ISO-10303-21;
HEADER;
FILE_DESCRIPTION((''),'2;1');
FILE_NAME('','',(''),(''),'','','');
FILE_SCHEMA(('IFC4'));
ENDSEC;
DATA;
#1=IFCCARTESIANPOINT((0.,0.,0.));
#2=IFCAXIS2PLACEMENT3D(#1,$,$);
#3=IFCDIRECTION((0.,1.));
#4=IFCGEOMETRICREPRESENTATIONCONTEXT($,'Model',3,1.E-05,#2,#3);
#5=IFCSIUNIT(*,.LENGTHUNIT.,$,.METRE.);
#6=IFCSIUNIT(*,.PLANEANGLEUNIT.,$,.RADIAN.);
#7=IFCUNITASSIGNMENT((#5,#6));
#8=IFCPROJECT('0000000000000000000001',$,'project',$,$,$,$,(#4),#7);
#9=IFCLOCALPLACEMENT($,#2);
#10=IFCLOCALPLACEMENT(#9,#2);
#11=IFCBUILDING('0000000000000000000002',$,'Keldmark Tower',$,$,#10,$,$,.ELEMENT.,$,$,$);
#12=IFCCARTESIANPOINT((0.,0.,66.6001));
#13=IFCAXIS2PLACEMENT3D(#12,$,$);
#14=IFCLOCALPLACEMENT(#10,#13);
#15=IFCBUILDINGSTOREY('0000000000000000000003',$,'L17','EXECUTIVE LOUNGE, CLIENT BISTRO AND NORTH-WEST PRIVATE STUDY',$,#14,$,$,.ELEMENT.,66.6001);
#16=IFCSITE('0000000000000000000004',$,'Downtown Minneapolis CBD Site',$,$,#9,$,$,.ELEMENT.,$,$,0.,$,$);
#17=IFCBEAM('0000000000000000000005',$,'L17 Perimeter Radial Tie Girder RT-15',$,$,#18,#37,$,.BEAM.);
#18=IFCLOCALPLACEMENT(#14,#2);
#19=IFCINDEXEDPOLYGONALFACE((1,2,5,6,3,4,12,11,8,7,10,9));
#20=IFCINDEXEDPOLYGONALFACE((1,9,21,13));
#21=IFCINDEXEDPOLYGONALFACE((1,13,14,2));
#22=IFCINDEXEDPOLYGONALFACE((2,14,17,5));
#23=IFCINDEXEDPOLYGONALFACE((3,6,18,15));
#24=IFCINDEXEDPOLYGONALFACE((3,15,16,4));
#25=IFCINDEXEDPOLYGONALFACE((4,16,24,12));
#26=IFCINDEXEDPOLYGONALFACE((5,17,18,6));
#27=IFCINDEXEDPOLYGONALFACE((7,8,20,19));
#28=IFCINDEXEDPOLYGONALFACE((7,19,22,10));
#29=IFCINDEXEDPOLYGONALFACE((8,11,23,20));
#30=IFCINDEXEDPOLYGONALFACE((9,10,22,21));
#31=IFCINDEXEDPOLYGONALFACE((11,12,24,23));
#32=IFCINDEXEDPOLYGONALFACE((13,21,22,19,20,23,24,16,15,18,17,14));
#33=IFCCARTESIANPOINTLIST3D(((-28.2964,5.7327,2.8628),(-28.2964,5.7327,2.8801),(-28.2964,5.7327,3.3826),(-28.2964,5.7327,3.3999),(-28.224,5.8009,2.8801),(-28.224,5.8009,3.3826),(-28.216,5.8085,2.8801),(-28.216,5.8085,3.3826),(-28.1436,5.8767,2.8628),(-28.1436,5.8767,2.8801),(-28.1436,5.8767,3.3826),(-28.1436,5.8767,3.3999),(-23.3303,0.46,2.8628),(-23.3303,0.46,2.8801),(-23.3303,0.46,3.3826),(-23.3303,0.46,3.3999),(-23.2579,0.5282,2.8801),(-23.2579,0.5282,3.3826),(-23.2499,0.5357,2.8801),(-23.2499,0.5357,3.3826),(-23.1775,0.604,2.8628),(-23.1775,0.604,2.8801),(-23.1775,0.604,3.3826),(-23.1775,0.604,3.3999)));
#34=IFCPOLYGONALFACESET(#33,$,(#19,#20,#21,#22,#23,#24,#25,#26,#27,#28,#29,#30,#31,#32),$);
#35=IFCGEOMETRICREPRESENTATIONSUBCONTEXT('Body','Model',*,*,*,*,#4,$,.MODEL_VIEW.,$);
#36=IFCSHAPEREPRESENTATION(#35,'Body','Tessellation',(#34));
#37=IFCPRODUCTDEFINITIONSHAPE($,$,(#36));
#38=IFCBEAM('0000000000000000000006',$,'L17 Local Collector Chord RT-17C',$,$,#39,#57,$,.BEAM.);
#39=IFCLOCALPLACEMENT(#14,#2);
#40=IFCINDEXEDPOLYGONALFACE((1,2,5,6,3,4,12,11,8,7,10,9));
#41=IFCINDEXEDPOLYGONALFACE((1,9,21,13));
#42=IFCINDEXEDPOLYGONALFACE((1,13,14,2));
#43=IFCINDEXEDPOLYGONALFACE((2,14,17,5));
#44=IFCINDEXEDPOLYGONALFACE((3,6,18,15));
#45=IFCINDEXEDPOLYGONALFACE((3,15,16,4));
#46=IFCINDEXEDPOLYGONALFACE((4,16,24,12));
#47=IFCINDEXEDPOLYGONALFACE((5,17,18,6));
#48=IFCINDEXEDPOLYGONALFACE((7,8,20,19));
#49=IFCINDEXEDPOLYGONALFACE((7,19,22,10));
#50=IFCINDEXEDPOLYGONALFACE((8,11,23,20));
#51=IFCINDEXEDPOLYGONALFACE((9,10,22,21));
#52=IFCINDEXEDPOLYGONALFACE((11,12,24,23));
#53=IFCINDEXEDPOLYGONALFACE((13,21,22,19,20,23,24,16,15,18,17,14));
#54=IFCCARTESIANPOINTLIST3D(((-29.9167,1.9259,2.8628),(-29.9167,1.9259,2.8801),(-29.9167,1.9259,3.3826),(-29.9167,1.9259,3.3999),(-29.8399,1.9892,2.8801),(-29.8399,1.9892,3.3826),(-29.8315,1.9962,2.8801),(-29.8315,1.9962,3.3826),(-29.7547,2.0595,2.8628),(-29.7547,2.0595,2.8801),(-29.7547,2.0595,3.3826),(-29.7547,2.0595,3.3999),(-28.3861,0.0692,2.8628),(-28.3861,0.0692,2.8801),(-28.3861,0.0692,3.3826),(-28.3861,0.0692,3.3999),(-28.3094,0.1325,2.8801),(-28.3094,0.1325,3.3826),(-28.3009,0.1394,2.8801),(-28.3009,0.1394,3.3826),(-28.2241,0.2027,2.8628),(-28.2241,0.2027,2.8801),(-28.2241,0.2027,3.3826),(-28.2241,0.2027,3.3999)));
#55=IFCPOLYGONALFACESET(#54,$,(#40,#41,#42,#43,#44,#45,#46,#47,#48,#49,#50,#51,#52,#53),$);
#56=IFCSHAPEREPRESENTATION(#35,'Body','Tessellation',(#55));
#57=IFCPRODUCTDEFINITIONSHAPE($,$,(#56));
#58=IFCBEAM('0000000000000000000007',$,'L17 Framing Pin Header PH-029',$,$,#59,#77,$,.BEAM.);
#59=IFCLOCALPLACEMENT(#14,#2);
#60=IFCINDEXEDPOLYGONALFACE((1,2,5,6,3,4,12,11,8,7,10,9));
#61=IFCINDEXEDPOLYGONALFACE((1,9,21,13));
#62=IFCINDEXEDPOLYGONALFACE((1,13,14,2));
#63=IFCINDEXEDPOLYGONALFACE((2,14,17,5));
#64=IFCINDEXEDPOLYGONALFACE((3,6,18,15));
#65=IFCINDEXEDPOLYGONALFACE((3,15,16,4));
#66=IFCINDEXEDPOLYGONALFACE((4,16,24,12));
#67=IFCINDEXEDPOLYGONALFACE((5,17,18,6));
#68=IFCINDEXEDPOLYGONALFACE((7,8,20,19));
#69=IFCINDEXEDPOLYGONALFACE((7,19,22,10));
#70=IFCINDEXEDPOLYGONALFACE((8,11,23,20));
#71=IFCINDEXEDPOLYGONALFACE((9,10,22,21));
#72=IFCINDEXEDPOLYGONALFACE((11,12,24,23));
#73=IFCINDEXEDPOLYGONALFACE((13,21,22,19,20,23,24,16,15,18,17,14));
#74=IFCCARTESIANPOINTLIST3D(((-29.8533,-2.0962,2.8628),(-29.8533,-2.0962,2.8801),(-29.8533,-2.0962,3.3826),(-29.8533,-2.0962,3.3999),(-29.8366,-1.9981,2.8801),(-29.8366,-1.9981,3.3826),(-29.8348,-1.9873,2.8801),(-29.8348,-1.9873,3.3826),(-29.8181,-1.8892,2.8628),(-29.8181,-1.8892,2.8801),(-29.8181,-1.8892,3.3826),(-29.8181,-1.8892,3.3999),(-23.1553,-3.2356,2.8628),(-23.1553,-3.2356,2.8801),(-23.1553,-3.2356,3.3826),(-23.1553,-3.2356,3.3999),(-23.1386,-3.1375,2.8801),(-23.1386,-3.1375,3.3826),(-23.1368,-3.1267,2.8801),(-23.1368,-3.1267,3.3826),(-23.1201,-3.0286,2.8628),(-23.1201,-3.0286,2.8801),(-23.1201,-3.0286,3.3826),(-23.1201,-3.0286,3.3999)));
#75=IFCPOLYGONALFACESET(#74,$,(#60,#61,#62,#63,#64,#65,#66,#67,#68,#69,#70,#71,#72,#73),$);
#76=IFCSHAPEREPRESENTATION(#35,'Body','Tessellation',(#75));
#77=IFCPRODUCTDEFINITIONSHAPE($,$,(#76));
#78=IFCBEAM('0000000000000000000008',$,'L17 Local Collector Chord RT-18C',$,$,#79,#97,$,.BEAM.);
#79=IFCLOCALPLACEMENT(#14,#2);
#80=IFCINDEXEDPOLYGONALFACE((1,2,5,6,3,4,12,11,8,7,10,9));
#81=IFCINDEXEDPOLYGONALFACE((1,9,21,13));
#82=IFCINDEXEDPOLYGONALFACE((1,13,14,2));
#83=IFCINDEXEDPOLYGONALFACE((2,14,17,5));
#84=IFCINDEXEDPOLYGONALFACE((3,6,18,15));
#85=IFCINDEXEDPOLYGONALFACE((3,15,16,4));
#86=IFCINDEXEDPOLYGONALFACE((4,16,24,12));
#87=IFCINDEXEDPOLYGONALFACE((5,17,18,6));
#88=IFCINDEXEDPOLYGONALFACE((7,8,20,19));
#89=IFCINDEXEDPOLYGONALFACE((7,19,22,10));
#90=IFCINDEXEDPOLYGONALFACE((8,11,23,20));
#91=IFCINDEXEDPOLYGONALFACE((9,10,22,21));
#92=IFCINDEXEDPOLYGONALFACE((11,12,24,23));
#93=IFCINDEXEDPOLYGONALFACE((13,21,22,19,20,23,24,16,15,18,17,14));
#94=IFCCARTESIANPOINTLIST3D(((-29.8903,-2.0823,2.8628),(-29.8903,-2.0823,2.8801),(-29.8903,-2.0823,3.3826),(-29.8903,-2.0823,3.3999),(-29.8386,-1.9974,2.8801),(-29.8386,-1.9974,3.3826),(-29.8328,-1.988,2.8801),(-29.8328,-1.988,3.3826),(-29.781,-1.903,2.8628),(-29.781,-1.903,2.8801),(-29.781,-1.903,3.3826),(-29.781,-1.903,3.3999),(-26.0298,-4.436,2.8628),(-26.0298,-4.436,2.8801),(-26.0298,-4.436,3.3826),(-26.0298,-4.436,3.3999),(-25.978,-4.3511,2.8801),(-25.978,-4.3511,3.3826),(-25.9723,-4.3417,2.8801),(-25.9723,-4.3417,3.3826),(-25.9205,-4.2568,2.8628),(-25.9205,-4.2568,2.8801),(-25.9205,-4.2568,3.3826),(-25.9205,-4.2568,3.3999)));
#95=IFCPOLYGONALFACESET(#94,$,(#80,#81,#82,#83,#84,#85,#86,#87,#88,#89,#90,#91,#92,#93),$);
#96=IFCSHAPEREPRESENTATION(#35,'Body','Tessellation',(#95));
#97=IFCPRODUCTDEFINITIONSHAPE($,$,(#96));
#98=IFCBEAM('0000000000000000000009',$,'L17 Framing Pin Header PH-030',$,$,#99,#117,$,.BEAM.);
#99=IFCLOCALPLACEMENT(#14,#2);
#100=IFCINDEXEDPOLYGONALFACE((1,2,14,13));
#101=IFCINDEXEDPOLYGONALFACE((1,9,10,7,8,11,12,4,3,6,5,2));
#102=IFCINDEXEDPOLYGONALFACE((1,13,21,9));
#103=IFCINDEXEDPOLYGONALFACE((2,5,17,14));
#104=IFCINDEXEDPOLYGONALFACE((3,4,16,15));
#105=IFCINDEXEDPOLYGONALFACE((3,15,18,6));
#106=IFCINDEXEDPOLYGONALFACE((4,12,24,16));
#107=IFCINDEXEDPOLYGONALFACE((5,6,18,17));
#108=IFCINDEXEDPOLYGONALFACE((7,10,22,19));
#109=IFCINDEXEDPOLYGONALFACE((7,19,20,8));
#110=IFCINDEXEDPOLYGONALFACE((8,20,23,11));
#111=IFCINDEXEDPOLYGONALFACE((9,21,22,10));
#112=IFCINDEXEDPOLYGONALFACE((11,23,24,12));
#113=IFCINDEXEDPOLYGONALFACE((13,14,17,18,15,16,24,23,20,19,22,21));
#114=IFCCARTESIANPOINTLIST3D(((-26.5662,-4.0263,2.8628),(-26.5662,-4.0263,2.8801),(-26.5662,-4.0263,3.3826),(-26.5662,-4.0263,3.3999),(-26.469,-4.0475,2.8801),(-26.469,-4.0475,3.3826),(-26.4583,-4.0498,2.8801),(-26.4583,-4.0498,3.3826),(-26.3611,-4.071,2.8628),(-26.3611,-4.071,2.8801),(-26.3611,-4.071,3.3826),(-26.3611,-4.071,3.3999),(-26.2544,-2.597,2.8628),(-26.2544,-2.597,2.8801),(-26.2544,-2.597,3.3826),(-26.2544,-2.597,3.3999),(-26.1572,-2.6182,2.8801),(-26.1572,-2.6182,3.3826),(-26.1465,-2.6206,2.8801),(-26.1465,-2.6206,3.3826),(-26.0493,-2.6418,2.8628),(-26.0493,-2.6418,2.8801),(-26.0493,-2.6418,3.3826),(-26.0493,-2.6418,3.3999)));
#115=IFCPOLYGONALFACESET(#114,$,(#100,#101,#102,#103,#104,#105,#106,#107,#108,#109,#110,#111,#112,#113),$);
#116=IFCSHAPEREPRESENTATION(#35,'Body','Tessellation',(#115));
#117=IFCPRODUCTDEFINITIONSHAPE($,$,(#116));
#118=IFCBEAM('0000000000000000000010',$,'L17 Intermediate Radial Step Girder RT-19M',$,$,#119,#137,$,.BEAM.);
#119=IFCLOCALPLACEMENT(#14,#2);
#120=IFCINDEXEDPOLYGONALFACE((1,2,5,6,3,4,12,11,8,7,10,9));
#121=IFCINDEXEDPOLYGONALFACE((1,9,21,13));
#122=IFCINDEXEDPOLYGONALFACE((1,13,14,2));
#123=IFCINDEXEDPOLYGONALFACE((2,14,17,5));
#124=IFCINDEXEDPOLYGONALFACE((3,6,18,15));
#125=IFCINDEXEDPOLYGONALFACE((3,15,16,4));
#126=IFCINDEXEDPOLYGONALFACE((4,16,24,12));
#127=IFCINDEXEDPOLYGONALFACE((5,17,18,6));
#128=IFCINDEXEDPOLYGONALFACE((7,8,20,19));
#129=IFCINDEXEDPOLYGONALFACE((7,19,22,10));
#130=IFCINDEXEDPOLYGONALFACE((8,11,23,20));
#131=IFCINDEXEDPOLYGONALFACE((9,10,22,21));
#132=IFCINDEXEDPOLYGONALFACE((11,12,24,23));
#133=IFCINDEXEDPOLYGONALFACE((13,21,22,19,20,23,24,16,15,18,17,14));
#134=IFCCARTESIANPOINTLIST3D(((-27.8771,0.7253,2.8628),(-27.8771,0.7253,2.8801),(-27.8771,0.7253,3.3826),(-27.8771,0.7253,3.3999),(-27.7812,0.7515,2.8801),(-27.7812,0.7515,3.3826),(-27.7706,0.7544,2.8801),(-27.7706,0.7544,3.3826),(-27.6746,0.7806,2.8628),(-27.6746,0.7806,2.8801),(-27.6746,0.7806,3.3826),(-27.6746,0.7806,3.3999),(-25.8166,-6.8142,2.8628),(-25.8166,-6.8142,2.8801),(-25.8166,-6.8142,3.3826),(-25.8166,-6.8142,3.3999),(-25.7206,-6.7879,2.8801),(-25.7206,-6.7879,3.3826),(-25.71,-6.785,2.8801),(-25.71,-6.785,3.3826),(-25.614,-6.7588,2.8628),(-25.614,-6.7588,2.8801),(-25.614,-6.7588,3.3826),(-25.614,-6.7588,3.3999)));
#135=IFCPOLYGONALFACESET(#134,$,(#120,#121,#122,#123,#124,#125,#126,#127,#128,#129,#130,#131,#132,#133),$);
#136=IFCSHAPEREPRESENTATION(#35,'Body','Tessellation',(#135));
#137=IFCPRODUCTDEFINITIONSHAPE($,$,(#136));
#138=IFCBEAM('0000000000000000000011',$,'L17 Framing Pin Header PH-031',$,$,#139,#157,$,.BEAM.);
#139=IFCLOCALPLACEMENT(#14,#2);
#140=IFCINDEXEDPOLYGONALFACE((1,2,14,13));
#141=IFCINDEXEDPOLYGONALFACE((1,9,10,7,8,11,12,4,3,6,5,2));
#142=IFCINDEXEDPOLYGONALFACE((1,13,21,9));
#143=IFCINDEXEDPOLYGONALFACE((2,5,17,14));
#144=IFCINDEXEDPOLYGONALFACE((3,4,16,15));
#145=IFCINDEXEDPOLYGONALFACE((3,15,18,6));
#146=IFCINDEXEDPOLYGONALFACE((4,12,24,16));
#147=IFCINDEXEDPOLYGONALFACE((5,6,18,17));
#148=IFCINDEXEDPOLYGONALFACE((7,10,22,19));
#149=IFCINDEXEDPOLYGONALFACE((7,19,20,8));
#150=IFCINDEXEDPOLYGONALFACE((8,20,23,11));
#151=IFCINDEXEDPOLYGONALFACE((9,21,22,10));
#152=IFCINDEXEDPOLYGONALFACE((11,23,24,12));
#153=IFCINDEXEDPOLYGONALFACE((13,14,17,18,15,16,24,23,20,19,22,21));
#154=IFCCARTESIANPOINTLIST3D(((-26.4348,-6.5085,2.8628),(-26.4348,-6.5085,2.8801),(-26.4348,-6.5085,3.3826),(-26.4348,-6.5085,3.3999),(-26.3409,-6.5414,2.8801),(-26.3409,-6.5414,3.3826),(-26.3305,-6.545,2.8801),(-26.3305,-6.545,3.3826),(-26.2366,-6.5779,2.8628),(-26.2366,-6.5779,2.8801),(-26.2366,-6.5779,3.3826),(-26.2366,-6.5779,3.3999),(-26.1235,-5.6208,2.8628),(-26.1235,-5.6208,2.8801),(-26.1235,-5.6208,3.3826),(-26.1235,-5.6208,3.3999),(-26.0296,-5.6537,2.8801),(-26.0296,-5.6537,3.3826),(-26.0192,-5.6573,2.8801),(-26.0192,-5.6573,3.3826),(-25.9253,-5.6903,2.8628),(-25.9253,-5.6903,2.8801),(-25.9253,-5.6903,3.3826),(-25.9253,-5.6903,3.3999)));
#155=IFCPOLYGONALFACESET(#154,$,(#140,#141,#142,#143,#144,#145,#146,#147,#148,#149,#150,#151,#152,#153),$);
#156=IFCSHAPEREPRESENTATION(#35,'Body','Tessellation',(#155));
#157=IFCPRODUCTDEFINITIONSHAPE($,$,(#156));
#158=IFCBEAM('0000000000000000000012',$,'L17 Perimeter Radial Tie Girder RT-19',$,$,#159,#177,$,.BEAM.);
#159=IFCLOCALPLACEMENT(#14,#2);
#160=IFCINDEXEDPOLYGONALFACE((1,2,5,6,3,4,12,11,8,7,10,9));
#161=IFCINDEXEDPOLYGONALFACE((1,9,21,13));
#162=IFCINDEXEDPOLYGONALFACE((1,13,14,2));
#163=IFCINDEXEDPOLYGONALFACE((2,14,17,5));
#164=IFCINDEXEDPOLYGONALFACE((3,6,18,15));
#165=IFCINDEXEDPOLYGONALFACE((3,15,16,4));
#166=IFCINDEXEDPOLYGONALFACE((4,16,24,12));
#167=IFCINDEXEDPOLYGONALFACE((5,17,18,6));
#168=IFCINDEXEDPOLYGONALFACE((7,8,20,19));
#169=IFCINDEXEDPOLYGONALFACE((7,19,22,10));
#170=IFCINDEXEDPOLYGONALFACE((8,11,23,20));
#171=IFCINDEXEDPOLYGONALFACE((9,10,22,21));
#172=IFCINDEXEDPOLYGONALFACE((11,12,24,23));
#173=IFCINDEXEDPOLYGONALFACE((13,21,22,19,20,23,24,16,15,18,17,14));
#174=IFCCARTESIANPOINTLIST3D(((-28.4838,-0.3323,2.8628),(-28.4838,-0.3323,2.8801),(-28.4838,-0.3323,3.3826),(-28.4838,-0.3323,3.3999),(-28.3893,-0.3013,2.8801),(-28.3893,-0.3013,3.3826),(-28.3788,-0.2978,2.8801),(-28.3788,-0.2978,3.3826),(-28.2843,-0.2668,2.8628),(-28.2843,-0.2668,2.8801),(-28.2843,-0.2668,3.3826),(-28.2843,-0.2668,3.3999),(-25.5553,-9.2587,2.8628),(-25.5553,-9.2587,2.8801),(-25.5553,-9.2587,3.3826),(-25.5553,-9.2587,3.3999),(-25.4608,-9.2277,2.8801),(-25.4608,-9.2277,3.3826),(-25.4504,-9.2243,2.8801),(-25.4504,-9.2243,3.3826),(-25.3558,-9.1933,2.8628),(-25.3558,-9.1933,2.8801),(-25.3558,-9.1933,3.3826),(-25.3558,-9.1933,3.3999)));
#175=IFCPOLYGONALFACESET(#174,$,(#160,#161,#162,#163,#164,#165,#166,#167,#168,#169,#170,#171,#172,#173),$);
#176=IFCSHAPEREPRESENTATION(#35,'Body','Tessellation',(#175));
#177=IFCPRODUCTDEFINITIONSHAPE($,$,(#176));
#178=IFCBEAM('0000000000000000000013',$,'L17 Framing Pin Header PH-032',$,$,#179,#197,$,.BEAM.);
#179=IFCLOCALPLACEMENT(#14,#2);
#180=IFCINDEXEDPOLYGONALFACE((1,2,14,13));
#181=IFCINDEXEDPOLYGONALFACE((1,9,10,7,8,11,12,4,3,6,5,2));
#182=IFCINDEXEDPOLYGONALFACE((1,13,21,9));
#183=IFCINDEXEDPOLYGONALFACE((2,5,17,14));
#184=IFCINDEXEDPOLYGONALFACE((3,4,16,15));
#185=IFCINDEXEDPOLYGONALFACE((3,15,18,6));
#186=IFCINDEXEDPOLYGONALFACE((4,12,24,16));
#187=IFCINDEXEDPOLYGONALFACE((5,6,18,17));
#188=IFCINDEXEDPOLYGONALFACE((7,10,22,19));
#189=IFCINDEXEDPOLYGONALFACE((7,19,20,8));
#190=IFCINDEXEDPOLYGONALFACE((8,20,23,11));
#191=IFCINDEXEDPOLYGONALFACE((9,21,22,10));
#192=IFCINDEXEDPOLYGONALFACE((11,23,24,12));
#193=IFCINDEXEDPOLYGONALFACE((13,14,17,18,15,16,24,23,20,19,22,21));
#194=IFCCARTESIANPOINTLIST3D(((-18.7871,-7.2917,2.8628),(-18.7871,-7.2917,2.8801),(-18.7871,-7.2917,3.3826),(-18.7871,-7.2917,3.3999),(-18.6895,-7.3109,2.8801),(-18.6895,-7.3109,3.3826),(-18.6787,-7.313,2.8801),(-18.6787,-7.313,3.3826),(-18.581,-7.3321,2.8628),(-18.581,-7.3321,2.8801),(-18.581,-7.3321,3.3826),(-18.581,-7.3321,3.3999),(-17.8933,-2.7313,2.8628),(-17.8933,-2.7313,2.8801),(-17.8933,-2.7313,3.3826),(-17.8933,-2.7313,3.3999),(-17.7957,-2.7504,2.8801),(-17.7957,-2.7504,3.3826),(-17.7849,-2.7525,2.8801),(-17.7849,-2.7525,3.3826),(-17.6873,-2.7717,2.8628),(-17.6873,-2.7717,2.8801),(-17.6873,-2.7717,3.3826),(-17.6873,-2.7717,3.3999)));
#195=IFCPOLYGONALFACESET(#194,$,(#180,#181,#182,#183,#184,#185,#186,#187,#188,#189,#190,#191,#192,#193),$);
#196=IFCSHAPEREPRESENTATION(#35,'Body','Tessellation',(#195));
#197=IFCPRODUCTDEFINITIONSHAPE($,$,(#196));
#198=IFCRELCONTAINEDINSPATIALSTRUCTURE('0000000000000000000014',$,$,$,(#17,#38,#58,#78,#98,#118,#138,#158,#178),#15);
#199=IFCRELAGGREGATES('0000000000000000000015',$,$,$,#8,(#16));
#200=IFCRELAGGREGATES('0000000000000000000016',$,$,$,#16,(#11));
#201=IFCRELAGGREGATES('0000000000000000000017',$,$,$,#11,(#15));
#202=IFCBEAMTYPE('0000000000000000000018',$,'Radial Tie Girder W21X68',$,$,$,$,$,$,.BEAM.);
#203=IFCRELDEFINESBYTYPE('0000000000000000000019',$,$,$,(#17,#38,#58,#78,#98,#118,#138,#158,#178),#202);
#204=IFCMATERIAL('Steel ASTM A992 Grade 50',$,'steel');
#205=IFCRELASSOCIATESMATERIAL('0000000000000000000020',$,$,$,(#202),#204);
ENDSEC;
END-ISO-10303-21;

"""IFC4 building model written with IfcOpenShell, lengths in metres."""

from ifc_helpers import new_model, si_unit, direction, frame, origin, origin_2d, place, context, subcontext, project, spatial, i_section, extrude, material, material_profile, profile_set, type_object, element, save


model = new_model("IFC4")

# Units and contexts
model_context = context("Model", 3, precision=1e-05, world=origin(), true_north=direction((0.0, 1.0)))
body_context = subcontext(model_context, "Body", "Model", "MODEL_VIEW")
ifc_project = project(units=[si_unit("LENGTHUNIT", "METRE"), si_unit("PLANEANGLEUNIT", "RADIAN")], contexts=[model_context])

# Site, building, storey
site_placement = place(None, origin())
site = spatial("IfcSite", under=ifc_project, at=site_placement, Name="Downtown Minneapolis CBD Site", CompositionType="ELEMENT", RefElevation=0.0)
building_placement = place(site_placement, origin())
building = spatial("IfcBuilding", under=site, at=building_placement, Name="Keldmark Tower", CompositionType="ELEMENT")
storey_placement = place(building_placement, frame((0.0, 0.0, 66.6001)))
storey = spatial("IfcBuildingStorey", under=building, at=storey_placement, Name="L17", Description="EXECUTIVE LOUNGE, CLIENT BISTRO AND NORTH-WEST PRIVATE STUDY", CompositionType="ELEMENT", Elevation=66.6001)

# Beams
ifc_material_1 = material(Name="Steel ASTM A992 Grade 50", Category="steel")
ifc_material_profile_1 = material_profile(ifc_material_1, i_section(OverallWidth=0.21, OverallDepth=0.5371, WebThickness=0.011, FlangeThickness=0.0173, at=origin_2d()), Name="W21X68")
ifc_profile_set_1 = profile_set([ifc_material_profile_1], Name="Steel ASTM A992 Grade 50")
beam_type_1 = type_object("IfcBeamType", Name="Radial Tie Girder W21X68", PredefinedType="BEAM", material=ifc_profile_set_1)
beam_1_placement = place(storey_placement, frame((-23.2539, 0.532, 3.1313), z_axis=(-0.685622, 0.727958, 0.0), x_axis=(-0.727958, -0.685622, 0.0)))
element("IfcBeam", 1, at=beam_1_placement, inside=storey, type_object=beam_type_1, Name="L17 Perimeter Radial Tie Girder RT-15", PredefinedType="BEAM", context=body_context, shape_type="SweptSolid", body=[
    extrude(i_section(OverallWidth=0.21, OverallDepth=0.5371, WebThickness=0.011, FlangeThickness=0.0173, at=origin_2d()), origin(), (0.0, 0.0, 1.0), 7.2432),
])
beam_2_placement = place(storey_placement, frame((-29.8357, 1.9927, 3.1313), z_axis=(0.636073, -0.771628, 0.0), x_axis=(0.771628, 0.636073, 0.0)))
element("IfcBeam", 2, at=beam_2_placement, inside=storey, type_object=beam_type_1, Name="L17 Local Collector Chord RT-17C", PredefinedType="BEAM", context=body_context, shape_type="SweptSolid", body=[
    extrude(i_section(OverallWidth=0.21, OverallDepth=0.5371, WebThickness=0.011, FlangeThickness=0.0173, at=origin_2d()), origin(), (0.0, 0.0, 1.0), 2.4062),
])
beam_3_placement = place(storey_placement, frame((-29.8357, -1.9927, 3.1313), z_axis=(0.985838, -0.167702, 0.0), x_axis=(0.167702, 0.985838, 0.0)))
element("IfcBeam", 3, at=beam_3_placement, inside=storey, type_object=beam_type_1, Name="L17 Framing Pin Header PH-029", PredefinedType="BEAM", context=body_context, shape_type="SweptSolid", body=[
    extrude(i_section(OverallWidth=0.21, OverallDepth=0.5371, WebThickness=0.011, FlangeThickness=0.0173, at=origin_2d()), origin(), (0.0, 0.0, 1.0), 6.7942),
])
beam_4_placement = place(storey_placement, frame((-29.8357, -1.9927, 3.1313), z_axis=(0.853822, -0.520565, 0.0), x_axis=(0.520565, 0.853822, 0.0)))
element("IfcBeam", 4, at=beam_4_placement, inside=storey, type_object=beam_type_1, Name="L17 Local Collector Chord RT-18C", PredefinedType="BEAM", context=body_context, shape_type="SweptSolid", body=[
    extrude(i_section(OverallWidth=0.21, OverallDepth=0.5371, WebThickness=0.011, FlangeThickness=0.0173, at=origin_2d()), origin(), (0.0, 0.0, 1.0), 4.5215),
])
beam_5_placement = place(storey_placement, frame((-26.1519, -2.6194, 3.1313), z_axis=(-0.213129, -0.977024, 0.0), x_axis=(0.977024, -0.213129, 0.0)))
element("IfcBeam", 5, at=beam_5_placement, inside=storey, type_object=beam_type_1, Name="L17 Framing Pin Header PH-030", PredefinedType="BEAM", context=body_context, shape_type="SweptSolid", body=[
    extrude(i_section(OverallWidth=0.21, OverallDepth=0.5371, WebThickness=0.011, FlangeThickness=0.0173, at=origin_2d()), origin(), (0.0, 0.0, 1.0), 1.4629),
])
beam_6_placement = place(storey_placement, frame((-27.7759, 0.7529, 3.1313), z_axis=(0.263638, -0.964622, 0.0), x_axis=(0.964622, 0.263638, 0.0)))
element("IfcBeam", 6, at=beam_6_placement, inside=storey, type_object=beam_type_1, Name="L17 Intermediate Radial Step Girder RT-19M", PredefinedType="BEAM", context=body_context, shape_type="SweptSolid", body=[
    extrude(i_section(OverallWidth=0.21, OverallDepth=0.5371, WebThickness=0.011, FlangeThickness=0.0173, at=origin_2d()), origin(), (0.0, 0.0, 1.0), 7.8159),
])
beam_7_placement = place(storey_placement, frame((-26.0244, -5.6555, 3.1313), z_axis=(-0.330905, -0.943664, 0.0), x_axis=(0.943664, -0.330905, 0.0)))
element("IfcBeam", 7, at=beam_7_placement, inside=storey, type_object=beam_type_1, Name="L17 Framing Pin Header PH-031", PredefinedType="BEAM", context=body_context, shape_type="SweptSolid", body=[
    extrude(i_section(OverallWidth=0.21, OverallDepth=0.5371, WebThickness=0.011, FlangeThickness=0.0173, at=origin_2d()), origin(), (0.0, 0.0, 1.0), 0.9407),
])
beam_8_placement = place(storey_placement, frame((-28.384, -0.2996, 3.1313), z_axis=(0.311718, -0.950175, 0.0), x_axis=(0.950175, 0.311718, 0.0)))
element("IfcBeam", 8, at=beam_8_placement, inside=storey, type_object=beam_type_1, Name="L17 Perimeter Radial Tie Girder RT-19", PredefinedType="BEAM", context=body_context, shape_type="SweptSolid", body=[
    extrude(i_section(OverallWidth=0.21, OverallDepth=0.5371, WebThickness=0.011, FlangeThickness=0.0173, at=origin_2d()), origin(), (0.0, 0.0, 1.0), 9.3945),
])
beam_9_placement = place(storey_placement, frame((-17.7903, -2.7515, 3.1313), z_axis=(-0.192326, -0.981331, 0.0), x_axis=(0.981331, -0.192326, 0.0)))
element("IfcBeam", 9, at=beam_9_placement, inside=storey, type_object=beam_type_1, Name="L17 Framing Pin Header PH-032", PredefinedType="BEAM", context=body_context, shape_type="SweptSolid", body=[
    extrude(i_section(OverallWidth=0.21, OverallDepth=0.5371, WebThickness=0.011, FlangeThickness=0.0173, at=origin_2d()), origin(), (0.0, 0.0, 1.0), 4.6472),
])

save(model, "model.ifc")
